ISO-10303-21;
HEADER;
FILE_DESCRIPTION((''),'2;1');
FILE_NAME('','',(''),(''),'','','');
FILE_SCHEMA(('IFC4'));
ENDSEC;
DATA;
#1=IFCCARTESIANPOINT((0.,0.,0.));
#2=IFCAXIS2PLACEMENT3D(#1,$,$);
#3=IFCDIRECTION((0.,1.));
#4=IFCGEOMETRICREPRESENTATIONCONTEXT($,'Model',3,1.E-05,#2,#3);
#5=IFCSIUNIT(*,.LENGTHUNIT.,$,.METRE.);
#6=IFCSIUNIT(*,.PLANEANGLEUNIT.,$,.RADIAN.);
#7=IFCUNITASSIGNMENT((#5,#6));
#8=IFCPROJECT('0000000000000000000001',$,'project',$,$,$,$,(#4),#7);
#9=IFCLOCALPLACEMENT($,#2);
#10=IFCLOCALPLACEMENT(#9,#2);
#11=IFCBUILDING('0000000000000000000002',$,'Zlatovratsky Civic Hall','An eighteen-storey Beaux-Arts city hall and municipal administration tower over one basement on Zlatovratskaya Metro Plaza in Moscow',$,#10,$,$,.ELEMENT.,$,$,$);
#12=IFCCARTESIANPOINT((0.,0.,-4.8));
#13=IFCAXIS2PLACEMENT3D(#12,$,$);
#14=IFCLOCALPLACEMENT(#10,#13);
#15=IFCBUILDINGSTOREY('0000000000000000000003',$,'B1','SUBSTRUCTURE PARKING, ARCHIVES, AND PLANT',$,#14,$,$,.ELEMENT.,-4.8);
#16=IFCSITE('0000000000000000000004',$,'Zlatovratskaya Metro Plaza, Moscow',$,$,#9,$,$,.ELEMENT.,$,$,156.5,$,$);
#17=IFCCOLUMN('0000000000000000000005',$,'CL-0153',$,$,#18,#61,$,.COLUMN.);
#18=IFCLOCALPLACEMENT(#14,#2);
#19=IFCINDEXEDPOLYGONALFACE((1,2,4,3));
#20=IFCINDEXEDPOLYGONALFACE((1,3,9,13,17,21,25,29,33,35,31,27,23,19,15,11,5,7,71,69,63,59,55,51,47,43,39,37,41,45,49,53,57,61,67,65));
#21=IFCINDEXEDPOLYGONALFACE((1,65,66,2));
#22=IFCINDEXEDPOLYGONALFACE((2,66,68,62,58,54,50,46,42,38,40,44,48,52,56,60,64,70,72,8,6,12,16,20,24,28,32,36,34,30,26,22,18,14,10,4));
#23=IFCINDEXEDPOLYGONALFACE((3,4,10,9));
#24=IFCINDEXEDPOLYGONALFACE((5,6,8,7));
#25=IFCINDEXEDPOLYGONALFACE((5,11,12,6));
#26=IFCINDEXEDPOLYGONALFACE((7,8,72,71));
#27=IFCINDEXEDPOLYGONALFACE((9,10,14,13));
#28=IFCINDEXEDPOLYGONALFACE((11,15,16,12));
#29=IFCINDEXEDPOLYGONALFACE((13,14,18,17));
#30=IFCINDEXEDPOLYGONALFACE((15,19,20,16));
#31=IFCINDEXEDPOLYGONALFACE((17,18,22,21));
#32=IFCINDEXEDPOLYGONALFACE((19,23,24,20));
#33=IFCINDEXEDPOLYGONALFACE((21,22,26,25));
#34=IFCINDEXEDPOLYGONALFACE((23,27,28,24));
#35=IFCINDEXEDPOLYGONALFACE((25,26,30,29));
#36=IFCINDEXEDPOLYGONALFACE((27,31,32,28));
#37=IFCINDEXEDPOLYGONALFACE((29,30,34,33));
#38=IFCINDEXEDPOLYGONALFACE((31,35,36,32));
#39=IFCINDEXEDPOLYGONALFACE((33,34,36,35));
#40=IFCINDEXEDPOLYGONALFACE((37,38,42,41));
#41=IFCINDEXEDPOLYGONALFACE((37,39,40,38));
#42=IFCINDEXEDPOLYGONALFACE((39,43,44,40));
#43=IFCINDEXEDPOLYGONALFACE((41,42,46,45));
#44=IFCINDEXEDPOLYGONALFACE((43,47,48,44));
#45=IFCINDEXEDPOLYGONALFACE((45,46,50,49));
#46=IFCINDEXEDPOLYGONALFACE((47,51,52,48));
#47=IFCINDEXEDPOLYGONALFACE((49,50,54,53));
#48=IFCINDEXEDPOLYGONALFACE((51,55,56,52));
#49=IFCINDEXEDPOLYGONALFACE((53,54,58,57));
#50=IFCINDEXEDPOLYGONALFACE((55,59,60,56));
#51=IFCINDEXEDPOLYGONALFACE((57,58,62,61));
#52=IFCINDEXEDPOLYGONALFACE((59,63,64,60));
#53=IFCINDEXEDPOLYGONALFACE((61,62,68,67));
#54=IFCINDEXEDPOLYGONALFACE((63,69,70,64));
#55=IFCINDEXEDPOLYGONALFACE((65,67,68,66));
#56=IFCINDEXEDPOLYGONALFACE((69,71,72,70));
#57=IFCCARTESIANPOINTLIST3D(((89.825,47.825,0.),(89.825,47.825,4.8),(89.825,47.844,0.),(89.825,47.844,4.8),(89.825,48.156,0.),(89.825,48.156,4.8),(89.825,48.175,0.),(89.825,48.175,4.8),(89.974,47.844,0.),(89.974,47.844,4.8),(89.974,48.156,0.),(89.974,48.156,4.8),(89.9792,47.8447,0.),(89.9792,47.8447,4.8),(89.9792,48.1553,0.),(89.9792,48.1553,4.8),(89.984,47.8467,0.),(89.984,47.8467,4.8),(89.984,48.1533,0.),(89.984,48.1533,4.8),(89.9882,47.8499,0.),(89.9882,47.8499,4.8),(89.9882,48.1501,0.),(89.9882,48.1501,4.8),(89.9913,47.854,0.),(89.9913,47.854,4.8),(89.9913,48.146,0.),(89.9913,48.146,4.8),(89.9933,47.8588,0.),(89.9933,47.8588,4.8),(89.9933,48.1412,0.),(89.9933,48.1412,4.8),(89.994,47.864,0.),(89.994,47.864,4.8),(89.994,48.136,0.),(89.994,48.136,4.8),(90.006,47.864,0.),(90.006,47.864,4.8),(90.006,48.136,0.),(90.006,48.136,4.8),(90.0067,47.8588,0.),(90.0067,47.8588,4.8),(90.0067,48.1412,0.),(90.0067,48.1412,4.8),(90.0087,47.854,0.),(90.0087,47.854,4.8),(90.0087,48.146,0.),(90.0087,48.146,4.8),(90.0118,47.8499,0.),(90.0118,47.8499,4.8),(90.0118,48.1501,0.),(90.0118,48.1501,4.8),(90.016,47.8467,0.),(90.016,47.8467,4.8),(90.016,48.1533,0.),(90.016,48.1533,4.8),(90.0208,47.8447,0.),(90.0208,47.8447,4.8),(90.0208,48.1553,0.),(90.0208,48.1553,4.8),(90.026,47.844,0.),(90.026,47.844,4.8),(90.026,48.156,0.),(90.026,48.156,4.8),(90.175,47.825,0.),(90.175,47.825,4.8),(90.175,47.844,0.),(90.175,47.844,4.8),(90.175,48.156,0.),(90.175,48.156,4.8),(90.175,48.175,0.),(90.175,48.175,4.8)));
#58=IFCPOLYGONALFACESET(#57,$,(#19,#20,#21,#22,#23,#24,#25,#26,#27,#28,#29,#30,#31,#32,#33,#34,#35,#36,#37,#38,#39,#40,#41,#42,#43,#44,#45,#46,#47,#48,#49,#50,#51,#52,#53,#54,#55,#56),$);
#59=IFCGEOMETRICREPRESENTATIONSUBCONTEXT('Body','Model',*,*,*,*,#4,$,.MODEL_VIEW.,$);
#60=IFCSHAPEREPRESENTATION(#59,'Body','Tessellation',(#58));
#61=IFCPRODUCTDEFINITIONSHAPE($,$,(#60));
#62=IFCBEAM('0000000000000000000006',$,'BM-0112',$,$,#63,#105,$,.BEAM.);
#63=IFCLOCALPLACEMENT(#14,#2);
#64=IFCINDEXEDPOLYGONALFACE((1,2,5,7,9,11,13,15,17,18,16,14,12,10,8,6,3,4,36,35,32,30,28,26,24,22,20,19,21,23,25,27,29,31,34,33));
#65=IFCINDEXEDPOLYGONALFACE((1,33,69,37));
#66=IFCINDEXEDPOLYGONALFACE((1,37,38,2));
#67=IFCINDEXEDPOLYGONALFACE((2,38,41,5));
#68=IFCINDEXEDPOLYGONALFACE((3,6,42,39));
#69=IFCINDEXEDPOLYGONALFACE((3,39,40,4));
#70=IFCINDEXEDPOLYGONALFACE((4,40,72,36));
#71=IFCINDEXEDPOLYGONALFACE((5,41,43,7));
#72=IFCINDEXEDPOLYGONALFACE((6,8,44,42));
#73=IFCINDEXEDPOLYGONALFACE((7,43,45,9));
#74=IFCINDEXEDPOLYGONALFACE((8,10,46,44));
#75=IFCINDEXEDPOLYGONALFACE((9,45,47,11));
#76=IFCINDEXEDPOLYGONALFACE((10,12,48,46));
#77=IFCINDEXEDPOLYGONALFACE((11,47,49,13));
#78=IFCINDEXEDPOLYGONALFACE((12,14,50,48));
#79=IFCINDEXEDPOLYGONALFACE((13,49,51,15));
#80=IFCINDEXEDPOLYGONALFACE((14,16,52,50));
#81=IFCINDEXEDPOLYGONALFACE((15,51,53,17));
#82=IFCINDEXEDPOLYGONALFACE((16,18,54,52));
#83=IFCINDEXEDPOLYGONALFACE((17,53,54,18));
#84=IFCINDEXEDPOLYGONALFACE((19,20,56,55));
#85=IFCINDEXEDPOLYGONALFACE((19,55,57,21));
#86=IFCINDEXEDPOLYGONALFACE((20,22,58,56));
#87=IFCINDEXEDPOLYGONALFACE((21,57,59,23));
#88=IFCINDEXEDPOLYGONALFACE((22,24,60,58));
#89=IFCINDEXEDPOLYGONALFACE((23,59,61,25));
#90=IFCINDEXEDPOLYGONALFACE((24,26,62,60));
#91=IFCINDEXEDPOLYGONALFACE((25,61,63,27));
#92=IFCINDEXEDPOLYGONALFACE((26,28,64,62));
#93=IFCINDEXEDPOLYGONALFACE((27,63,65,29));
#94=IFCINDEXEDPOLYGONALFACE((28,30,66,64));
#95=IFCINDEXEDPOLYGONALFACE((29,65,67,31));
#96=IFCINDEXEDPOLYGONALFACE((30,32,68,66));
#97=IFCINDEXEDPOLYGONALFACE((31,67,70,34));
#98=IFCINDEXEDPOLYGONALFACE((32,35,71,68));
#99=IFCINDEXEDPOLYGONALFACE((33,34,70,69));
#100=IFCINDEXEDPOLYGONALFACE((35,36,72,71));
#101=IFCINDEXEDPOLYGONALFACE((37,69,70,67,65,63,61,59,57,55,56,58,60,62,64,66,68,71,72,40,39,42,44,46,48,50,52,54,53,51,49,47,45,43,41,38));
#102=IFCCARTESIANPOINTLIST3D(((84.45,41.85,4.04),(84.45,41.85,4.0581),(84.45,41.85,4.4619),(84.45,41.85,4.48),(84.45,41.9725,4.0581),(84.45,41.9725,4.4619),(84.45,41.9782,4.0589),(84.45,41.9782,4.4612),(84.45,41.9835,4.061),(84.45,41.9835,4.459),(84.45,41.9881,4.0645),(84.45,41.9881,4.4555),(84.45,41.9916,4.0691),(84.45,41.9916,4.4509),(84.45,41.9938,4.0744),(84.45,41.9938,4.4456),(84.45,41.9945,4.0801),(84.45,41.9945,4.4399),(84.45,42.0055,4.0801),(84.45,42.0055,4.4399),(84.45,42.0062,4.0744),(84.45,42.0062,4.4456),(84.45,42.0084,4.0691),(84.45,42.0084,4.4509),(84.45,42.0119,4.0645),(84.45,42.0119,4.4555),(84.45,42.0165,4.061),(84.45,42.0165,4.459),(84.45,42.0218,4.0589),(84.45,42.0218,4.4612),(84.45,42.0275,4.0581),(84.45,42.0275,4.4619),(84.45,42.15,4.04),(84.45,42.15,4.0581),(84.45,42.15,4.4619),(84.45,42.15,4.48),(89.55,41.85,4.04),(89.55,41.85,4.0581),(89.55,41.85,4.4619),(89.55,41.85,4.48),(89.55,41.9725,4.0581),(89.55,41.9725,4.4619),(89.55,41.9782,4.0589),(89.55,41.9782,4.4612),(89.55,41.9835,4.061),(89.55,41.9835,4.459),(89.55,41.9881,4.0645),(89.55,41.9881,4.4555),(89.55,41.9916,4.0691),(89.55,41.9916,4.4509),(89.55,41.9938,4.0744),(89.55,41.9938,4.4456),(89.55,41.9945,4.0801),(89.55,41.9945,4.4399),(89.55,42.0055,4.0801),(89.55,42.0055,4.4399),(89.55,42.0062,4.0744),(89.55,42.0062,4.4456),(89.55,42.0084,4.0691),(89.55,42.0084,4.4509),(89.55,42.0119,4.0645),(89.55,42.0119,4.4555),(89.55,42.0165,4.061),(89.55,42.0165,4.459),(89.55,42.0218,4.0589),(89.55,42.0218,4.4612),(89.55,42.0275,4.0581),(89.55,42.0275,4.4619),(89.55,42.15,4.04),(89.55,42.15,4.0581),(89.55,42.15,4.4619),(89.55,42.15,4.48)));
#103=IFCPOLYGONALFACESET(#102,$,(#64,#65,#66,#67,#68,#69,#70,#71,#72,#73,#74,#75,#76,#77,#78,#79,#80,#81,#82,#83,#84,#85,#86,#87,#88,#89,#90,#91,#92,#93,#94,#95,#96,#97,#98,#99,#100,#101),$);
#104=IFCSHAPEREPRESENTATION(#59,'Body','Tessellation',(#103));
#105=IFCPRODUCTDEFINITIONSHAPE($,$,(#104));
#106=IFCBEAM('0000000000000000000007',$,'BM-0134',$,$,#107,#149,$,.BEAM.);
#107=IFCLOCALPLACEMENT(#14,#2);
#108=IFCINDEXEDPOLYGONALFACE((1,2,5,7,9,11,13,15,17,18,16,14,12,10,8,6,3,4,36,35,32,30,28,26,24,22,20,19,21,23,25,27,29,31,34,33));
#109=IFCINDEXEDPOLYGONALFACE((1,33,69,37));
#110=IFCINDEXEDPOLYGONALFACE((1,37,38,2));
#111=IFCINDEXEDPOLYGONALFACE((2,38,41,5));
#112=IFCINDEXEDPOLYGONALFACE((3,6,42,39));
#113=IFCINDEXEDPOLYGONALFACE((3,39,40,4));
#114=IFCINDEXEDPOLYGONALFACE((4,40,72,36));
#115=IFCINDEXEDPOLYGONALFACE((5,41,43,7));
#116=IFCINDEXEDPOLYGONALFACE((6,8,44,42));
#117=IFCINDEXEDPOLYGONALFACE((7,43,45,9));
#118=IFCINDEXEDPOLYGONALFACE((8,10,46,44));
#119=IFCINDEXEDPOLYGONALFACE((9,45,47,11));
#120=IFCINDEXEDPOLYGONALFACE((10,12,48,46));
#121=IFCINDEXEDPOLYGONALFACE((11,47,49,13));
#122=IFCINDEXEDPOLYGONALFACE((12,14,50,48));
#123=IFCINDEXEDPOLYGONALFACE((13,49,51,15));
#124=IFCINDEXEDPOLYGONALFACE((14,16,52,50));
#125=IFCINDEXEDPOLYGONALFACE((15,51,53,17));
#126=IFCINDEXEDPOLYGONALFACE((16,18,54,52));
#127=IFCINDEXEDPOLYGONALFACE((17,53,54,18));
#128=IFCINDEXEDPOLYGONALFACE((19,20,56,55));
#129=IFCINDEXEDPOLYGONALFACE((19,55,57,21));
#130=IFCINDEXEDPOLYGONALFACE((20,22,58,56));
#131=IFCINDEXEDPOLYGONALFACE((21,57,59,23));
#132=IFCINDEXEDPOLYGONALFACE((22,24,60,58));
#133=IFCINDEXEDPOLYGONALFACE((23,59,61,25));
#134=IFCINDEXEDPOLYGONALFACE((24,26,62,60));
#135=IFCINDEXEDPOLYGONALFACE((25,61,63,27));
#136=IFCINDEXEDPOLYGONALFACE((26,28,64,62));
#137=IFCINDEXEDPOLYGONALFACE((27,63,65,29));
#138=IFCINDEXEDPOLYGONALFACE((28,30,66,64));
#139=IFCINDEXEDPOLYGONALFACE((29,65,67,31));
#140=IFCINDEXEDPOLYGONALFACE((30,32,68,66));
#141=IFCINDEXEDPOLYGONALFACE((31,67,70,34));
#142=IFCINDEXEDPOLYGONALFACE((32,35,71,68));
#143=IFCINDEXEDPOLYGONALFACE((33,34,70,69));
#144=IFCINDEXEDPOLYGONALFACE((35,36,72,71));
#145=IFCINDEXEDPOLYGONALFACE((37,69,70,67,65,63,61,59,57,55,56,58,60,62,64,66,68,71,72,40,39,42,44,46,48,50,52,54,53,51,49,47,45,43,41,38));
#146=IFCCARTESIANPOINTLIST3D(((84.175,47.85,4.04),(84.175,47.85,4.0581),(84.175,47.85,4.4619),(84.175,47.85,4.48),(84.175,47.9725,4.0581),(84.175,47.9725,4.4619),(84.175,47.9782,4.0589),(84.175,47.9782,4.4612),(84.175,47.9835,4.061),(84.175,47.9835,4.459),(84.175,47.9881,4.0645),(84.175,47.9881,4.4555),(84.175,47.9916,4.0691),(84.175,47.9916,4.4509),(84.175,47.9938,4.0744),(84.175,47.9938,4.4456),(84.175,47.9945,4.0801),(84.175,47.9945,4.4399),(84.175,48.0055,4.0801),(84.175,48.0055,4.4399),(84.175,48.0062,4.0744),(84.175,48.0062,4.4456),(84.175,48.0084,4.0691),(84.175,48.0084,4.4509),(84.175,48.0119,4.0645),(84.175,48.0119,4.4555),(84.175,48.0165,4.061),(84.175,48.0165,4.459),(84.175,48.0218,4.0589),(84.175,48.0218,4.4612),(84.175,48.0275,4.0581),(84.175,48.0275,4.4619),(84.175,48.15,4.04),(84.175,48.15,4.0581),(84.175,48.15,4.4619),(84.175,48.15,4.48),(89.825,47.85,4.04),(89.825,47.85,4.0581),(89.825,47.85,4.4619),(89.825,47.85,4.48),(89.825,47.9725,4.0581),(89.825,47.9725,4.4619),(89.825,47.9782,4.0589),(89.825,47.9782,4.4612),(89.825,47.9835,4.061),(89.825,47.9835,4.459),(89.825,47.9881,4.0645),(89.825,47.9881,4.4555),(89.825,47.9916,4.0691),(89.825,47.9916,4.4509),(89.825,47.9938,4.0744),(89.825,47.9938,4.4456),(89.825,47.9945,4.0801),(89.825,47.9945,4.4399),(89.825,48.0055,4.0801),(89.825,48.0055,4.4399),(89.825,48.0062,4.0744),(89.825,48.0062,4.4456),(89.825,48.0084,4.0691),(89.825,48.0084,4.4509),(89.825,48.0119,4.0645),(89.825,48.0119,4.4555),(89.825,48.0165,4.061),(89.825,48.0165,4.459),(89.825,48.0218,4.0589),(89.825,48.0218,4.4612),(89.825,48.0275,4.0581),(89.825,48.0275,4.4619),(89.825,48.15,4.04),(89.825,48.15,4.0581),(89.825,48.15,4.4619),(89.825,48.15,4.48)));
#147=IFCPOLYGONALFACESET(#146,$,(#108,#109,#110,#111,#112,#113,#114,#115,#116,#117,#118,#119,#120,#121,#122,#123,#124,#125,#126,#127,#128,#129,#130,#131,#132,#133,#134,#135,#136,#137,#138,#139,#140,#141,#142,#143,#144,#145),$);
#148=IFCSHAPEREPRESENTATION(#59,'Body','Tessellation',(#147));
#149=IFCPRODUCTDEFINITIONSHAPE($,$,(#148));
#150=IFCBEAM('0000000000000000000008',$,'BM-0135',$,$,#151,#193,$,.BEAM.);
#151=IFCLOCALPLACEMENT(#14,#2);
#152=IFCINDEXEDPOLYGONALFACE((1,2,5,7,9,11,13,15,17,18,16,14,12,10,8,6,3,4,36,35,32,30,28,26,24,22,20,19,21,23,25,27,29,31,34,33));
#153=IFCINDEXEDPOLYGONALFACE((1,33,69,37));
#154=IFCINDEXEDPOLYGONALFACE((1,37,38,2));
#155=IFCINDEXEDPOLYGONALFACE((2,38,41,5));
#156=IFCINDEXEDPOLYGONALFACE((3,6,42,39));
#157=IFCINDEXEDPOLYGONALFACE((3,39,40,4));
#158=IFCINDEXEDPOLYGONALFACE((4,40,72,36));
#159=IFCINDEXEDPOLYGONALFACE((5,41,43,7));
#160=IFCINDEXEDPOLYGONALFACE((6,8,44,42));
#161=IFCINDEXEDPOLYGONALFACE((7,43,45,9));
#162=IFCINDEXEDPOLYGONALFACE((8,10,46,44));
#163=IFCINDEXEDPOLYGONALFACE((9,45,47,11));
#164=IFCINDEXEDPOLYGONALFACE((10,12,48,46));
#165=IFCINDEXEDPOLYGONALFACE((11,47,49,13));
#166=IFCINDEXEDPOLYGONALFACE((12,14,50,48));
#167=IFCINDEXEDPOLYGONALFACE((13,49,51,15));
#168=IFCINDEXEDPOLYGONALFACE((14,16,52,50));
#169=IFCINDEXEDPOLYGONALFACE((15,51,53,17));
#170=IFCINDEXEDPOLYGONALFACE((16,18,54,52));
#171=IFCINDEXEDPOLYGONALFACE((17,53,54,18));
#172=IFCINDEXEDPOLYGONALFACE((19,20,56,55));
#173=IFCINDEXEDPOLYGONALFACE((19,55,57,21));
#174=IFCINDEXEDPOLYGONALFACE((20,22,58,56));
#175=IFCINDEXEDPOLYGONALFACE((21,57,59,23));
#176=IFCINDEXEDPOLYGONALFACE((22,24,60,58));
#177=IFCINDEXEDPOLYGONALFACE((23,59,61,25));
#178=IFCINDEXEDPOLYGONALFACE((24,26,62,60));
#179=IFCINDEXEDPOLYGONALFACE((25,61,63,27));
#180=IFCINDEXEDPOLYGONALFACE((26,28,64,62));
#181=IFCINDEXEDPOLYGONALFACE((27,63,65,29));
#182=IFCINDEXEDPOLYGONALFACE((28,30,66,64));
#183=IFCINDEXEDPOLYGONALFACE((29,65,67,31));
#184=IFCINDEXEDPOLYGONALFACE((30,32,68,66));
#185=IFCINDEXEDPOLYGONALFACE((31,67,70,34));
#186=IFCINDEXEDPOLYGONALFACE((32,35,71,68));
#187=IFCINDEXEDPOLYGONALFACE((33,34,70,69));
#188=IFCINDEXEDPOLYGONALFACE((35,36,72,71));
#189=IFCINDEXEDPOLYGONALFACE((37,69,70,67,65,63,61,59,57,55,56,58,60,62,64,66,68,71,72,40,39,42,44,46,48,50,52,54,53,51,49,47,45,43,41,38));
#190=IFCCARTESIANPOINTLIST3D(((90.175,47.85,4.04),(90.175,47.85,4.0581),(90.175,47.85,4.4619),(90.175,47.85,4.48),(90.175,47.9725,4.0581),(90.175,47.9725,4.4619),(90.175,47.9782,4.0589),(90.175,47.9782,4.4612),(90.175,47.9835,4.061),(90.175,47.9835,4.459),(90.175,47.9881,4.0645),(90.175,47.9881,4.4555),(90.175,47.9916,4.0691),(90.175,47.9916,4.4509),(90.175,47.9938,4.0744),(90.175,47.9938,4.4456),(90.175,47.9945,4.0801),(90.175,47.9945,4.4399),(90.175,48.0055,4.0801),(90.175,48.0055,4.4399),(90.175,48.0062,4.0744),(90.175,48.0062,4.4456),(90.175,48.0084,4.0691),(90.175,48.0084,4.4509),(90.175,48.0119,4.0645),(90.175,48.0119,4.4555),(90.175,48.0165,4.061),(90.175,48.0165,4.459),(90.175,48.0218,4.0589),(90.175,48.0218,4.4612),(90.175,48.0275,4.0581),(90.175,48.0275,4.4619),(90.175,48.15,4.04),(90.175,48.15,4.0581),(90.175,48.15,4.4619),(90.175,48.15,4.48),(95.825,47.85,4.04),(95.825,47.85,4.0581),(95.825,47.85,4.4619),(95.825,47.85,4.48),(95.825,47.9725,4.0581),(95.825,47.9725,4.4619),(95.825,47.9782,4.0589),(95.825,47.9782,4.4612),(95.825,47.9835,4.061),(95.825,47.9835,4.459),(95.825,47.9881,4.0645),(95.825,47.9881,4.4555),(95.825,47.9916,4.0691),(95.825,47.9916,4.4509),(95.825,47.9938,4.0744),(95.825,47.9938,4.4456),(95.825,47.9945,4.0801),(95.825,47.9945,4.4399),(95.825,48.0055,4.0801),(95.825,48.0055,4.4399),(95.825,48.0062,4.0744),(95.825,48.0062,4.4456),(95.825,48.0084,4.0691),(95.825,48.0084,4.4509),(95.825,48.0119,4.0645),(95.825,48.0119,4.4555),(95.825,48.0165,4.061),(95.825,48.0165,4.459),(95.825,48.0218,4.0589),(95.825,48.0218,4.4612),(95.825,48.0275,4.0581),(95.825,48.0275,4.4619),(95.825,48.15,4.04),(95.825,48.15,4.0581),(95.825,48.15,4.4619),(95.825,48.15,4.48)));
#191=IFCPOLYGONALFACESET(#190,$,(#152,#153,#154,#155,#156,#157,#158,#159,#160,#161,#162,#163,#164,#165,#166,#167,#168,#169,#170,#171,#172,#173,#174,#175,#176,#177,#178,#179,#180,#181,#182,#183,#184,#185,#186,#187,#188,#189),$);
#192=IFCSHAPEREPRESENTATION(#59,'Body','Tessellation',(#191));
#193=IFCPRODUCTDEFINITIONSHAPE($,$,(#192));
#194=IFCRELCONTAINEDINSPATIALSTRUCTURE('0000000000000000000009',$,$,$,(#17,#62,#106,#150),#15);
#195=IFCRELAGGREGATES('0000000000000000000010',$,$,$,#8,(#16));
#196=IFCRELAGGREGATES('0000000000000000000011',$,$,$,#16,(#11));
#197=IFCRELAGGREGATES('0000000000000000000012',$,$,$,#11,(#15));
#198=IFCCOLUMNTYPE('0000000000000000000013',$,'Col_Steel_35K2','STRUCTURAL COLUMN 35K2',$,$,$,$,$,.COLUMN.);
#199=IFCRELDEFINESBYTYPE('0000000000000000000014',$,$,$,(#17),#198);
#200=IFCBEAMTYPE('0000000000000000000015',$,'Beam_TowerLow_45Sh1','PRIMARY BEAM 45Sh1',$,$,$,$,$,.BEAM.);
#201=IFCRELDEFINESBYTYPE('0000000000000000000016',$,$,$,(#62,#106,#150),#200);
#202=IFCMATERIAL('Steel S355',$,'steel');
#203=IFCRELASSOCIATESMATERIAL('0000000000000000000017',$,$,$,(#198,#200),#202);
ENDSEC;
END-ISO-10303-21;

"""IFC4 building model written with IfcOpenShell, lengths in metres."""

from ifc_helpers import new_model, si_unit, direction, frame, origin, origin_2d, place, context, subcontext, project, spatial, i_section, extrude, material, material_profile, profile_set, type_object, element, save


model = new_model("IFC4")

# Units and contexts
model_context = context("Model", 3, precision=1e-05, world=origin(), true_north=direction((0.0, 1.0)))
body_context = subcontext(model_context, "Body", "Model", "MODEL_VIEW")
ifc_project = project(units=[si_unit("LENGTHUNIT", "METRE"), si_unit("PLANEANGLEUNIT", "RADIAN")], contexts=[model_context])

# Site, building, storey
site_placement = place(None, origin())
site = spatial("IfcSite", under=ifc_project, at=site_placement, Name="Zlatovratskaya Metro Plaza, Moscow", CompositionType="ELEMENT", RefElevation=156.5)
building_placement = place(site_placement, origin())
building = spatial("IfcBuilding", under=site, at=building_placement, Name="Zlatovratsky Civic Hall", Description="An eighteen-storey Beaux-Arts city hall and municipal administration tower over one basement on Zlatovratskaya Metro Plaza in Moscow", CompositionType="ELEMENT")
storey_placement = place(building_placement, frame((0.0, 0.0, -4.8)))
storey = spatial("IfcBuildingStorey", under=building, at=storey_placement, Name="B1", Description="SUBSTRUCTURE PARKING, ARCHIVES, AND PLANT", CompositionType="ELEMENT", Elevation=-4.8)

# Column
ifc_material_1 = material(Name="Steel S355", Category="steel")
ifc_material_profile_1 = material_profile(ifc_material_1, i_section(OverallWidth=0.3501, OverallDepth=0.3501, WebThickness=0.012, FlangeThickness=0.019, FilletRadius=0.02, at=origin_2d()), Name="35K2")
ifc_profile_set_1 = profile_set([ifc_material_profile_1], Name="Steel S355")
column_type_1 = type_object("IfcColumnType", Name="Col_Steel_35K2", Description="STRUCTURAL COLUMN 35K2", PredefinedType="COLUMN", material=ifc_profile_set_1)
for number, where, z_axis, x_axis, name in (
    (1, (90.0, 48.0, 0.0), (0.0, 0.0, 1.0), (1.0, 0.0, 0.0), "CL-0153"),
):
    element("IfcColumn", number, at=place(storey_placement, frame(where, z_axis=z_axis, x_axis=x_axis)), inside=storey, type_object=column_type_1, Name=name, PredefinedType="COLUMN", context=body_context, shape_type="SweptSolid", body=[
        extrude(i_section(OverallWidth=0.3501, OverallDepth=0.3501, WebThickness=0.012, FlangeThickness=0.019, FilletRadius=0.02, at=origin_2d()), origin(), (0.0, 0.0, 1.0), 4.8),
    ])

# Beams
ifc_material_profile_2 = material_profile(ifc_material_1, i_section(OverallWidth=0.3, OverallDepth=0.4399, WebThickness=0.011, FlangeThickness=0.0181, FilletRadius=0.022, at=origin_2d()), Name="45Sh1")
ifc_profile_set_2 = profile_set([ifc_material_profile_2], Name="Steel S355")
beam_type = type_object("IfcBeamType", Name="Beam_TowerLow_45Sh1", Description="PRIMARY BEAM 45Sh1", PredefinedType="BEAM", material=ifc_profile_set_2)
beam_placement = place(storey_placement, frame((84.45, 42.0, 4.26), z_axis=(1.0, 0.0, 0.0), x_axis=(0.0, 1.0, 0.0)))
element("IfcBeam", 2, at=beam_placement, inside=storey, type_object=beam_type, Name="BM-0112", PredefinedType="BEAM", context=body_context, shape_type="SweptSolid", body=[
    extrude(i_section(OverallWidth=0.3, OverallDepth=0.4399, WebThickness=0.011, FlangeThickness=0.0181, FilletRadius=0.022, at=origin_2d()), origin(), (0.0, 0.0, 1.0), 5.1001),
])
for number, where, z_axis, x_axis, name in (
    (3, (84.175, 48.0, 4.26), (1.0, 0.0, 0.0), (0.0, 1.0, 0.0), "BM-0134"),
    (4, (90.175, 48.0, 4.26), (1.0, 0.0, 0.0), (0.0, 1.0, 0.0), "BM-0135"),
):
    element("IfcBeam", number, at=place(storey_placement, frame(where, z_axis=z_axis, x_axis=x_axis)), inside=storey, type_object=beam_type, Name=name, PredefinedType="BEAM", context=body_context, shape_type="SweptSolid", body=[
        extrude(i_section(OverallWidth=0.3, OverallDepth=0.4399, WebThickness=0.011, FlangeThickness=0.0181, FilletRadius=0.022, at=origin_2d()), origin(), (0.0, 0.0, 1.0), 5.6499),
    ])

save(model, "model.ifc")
